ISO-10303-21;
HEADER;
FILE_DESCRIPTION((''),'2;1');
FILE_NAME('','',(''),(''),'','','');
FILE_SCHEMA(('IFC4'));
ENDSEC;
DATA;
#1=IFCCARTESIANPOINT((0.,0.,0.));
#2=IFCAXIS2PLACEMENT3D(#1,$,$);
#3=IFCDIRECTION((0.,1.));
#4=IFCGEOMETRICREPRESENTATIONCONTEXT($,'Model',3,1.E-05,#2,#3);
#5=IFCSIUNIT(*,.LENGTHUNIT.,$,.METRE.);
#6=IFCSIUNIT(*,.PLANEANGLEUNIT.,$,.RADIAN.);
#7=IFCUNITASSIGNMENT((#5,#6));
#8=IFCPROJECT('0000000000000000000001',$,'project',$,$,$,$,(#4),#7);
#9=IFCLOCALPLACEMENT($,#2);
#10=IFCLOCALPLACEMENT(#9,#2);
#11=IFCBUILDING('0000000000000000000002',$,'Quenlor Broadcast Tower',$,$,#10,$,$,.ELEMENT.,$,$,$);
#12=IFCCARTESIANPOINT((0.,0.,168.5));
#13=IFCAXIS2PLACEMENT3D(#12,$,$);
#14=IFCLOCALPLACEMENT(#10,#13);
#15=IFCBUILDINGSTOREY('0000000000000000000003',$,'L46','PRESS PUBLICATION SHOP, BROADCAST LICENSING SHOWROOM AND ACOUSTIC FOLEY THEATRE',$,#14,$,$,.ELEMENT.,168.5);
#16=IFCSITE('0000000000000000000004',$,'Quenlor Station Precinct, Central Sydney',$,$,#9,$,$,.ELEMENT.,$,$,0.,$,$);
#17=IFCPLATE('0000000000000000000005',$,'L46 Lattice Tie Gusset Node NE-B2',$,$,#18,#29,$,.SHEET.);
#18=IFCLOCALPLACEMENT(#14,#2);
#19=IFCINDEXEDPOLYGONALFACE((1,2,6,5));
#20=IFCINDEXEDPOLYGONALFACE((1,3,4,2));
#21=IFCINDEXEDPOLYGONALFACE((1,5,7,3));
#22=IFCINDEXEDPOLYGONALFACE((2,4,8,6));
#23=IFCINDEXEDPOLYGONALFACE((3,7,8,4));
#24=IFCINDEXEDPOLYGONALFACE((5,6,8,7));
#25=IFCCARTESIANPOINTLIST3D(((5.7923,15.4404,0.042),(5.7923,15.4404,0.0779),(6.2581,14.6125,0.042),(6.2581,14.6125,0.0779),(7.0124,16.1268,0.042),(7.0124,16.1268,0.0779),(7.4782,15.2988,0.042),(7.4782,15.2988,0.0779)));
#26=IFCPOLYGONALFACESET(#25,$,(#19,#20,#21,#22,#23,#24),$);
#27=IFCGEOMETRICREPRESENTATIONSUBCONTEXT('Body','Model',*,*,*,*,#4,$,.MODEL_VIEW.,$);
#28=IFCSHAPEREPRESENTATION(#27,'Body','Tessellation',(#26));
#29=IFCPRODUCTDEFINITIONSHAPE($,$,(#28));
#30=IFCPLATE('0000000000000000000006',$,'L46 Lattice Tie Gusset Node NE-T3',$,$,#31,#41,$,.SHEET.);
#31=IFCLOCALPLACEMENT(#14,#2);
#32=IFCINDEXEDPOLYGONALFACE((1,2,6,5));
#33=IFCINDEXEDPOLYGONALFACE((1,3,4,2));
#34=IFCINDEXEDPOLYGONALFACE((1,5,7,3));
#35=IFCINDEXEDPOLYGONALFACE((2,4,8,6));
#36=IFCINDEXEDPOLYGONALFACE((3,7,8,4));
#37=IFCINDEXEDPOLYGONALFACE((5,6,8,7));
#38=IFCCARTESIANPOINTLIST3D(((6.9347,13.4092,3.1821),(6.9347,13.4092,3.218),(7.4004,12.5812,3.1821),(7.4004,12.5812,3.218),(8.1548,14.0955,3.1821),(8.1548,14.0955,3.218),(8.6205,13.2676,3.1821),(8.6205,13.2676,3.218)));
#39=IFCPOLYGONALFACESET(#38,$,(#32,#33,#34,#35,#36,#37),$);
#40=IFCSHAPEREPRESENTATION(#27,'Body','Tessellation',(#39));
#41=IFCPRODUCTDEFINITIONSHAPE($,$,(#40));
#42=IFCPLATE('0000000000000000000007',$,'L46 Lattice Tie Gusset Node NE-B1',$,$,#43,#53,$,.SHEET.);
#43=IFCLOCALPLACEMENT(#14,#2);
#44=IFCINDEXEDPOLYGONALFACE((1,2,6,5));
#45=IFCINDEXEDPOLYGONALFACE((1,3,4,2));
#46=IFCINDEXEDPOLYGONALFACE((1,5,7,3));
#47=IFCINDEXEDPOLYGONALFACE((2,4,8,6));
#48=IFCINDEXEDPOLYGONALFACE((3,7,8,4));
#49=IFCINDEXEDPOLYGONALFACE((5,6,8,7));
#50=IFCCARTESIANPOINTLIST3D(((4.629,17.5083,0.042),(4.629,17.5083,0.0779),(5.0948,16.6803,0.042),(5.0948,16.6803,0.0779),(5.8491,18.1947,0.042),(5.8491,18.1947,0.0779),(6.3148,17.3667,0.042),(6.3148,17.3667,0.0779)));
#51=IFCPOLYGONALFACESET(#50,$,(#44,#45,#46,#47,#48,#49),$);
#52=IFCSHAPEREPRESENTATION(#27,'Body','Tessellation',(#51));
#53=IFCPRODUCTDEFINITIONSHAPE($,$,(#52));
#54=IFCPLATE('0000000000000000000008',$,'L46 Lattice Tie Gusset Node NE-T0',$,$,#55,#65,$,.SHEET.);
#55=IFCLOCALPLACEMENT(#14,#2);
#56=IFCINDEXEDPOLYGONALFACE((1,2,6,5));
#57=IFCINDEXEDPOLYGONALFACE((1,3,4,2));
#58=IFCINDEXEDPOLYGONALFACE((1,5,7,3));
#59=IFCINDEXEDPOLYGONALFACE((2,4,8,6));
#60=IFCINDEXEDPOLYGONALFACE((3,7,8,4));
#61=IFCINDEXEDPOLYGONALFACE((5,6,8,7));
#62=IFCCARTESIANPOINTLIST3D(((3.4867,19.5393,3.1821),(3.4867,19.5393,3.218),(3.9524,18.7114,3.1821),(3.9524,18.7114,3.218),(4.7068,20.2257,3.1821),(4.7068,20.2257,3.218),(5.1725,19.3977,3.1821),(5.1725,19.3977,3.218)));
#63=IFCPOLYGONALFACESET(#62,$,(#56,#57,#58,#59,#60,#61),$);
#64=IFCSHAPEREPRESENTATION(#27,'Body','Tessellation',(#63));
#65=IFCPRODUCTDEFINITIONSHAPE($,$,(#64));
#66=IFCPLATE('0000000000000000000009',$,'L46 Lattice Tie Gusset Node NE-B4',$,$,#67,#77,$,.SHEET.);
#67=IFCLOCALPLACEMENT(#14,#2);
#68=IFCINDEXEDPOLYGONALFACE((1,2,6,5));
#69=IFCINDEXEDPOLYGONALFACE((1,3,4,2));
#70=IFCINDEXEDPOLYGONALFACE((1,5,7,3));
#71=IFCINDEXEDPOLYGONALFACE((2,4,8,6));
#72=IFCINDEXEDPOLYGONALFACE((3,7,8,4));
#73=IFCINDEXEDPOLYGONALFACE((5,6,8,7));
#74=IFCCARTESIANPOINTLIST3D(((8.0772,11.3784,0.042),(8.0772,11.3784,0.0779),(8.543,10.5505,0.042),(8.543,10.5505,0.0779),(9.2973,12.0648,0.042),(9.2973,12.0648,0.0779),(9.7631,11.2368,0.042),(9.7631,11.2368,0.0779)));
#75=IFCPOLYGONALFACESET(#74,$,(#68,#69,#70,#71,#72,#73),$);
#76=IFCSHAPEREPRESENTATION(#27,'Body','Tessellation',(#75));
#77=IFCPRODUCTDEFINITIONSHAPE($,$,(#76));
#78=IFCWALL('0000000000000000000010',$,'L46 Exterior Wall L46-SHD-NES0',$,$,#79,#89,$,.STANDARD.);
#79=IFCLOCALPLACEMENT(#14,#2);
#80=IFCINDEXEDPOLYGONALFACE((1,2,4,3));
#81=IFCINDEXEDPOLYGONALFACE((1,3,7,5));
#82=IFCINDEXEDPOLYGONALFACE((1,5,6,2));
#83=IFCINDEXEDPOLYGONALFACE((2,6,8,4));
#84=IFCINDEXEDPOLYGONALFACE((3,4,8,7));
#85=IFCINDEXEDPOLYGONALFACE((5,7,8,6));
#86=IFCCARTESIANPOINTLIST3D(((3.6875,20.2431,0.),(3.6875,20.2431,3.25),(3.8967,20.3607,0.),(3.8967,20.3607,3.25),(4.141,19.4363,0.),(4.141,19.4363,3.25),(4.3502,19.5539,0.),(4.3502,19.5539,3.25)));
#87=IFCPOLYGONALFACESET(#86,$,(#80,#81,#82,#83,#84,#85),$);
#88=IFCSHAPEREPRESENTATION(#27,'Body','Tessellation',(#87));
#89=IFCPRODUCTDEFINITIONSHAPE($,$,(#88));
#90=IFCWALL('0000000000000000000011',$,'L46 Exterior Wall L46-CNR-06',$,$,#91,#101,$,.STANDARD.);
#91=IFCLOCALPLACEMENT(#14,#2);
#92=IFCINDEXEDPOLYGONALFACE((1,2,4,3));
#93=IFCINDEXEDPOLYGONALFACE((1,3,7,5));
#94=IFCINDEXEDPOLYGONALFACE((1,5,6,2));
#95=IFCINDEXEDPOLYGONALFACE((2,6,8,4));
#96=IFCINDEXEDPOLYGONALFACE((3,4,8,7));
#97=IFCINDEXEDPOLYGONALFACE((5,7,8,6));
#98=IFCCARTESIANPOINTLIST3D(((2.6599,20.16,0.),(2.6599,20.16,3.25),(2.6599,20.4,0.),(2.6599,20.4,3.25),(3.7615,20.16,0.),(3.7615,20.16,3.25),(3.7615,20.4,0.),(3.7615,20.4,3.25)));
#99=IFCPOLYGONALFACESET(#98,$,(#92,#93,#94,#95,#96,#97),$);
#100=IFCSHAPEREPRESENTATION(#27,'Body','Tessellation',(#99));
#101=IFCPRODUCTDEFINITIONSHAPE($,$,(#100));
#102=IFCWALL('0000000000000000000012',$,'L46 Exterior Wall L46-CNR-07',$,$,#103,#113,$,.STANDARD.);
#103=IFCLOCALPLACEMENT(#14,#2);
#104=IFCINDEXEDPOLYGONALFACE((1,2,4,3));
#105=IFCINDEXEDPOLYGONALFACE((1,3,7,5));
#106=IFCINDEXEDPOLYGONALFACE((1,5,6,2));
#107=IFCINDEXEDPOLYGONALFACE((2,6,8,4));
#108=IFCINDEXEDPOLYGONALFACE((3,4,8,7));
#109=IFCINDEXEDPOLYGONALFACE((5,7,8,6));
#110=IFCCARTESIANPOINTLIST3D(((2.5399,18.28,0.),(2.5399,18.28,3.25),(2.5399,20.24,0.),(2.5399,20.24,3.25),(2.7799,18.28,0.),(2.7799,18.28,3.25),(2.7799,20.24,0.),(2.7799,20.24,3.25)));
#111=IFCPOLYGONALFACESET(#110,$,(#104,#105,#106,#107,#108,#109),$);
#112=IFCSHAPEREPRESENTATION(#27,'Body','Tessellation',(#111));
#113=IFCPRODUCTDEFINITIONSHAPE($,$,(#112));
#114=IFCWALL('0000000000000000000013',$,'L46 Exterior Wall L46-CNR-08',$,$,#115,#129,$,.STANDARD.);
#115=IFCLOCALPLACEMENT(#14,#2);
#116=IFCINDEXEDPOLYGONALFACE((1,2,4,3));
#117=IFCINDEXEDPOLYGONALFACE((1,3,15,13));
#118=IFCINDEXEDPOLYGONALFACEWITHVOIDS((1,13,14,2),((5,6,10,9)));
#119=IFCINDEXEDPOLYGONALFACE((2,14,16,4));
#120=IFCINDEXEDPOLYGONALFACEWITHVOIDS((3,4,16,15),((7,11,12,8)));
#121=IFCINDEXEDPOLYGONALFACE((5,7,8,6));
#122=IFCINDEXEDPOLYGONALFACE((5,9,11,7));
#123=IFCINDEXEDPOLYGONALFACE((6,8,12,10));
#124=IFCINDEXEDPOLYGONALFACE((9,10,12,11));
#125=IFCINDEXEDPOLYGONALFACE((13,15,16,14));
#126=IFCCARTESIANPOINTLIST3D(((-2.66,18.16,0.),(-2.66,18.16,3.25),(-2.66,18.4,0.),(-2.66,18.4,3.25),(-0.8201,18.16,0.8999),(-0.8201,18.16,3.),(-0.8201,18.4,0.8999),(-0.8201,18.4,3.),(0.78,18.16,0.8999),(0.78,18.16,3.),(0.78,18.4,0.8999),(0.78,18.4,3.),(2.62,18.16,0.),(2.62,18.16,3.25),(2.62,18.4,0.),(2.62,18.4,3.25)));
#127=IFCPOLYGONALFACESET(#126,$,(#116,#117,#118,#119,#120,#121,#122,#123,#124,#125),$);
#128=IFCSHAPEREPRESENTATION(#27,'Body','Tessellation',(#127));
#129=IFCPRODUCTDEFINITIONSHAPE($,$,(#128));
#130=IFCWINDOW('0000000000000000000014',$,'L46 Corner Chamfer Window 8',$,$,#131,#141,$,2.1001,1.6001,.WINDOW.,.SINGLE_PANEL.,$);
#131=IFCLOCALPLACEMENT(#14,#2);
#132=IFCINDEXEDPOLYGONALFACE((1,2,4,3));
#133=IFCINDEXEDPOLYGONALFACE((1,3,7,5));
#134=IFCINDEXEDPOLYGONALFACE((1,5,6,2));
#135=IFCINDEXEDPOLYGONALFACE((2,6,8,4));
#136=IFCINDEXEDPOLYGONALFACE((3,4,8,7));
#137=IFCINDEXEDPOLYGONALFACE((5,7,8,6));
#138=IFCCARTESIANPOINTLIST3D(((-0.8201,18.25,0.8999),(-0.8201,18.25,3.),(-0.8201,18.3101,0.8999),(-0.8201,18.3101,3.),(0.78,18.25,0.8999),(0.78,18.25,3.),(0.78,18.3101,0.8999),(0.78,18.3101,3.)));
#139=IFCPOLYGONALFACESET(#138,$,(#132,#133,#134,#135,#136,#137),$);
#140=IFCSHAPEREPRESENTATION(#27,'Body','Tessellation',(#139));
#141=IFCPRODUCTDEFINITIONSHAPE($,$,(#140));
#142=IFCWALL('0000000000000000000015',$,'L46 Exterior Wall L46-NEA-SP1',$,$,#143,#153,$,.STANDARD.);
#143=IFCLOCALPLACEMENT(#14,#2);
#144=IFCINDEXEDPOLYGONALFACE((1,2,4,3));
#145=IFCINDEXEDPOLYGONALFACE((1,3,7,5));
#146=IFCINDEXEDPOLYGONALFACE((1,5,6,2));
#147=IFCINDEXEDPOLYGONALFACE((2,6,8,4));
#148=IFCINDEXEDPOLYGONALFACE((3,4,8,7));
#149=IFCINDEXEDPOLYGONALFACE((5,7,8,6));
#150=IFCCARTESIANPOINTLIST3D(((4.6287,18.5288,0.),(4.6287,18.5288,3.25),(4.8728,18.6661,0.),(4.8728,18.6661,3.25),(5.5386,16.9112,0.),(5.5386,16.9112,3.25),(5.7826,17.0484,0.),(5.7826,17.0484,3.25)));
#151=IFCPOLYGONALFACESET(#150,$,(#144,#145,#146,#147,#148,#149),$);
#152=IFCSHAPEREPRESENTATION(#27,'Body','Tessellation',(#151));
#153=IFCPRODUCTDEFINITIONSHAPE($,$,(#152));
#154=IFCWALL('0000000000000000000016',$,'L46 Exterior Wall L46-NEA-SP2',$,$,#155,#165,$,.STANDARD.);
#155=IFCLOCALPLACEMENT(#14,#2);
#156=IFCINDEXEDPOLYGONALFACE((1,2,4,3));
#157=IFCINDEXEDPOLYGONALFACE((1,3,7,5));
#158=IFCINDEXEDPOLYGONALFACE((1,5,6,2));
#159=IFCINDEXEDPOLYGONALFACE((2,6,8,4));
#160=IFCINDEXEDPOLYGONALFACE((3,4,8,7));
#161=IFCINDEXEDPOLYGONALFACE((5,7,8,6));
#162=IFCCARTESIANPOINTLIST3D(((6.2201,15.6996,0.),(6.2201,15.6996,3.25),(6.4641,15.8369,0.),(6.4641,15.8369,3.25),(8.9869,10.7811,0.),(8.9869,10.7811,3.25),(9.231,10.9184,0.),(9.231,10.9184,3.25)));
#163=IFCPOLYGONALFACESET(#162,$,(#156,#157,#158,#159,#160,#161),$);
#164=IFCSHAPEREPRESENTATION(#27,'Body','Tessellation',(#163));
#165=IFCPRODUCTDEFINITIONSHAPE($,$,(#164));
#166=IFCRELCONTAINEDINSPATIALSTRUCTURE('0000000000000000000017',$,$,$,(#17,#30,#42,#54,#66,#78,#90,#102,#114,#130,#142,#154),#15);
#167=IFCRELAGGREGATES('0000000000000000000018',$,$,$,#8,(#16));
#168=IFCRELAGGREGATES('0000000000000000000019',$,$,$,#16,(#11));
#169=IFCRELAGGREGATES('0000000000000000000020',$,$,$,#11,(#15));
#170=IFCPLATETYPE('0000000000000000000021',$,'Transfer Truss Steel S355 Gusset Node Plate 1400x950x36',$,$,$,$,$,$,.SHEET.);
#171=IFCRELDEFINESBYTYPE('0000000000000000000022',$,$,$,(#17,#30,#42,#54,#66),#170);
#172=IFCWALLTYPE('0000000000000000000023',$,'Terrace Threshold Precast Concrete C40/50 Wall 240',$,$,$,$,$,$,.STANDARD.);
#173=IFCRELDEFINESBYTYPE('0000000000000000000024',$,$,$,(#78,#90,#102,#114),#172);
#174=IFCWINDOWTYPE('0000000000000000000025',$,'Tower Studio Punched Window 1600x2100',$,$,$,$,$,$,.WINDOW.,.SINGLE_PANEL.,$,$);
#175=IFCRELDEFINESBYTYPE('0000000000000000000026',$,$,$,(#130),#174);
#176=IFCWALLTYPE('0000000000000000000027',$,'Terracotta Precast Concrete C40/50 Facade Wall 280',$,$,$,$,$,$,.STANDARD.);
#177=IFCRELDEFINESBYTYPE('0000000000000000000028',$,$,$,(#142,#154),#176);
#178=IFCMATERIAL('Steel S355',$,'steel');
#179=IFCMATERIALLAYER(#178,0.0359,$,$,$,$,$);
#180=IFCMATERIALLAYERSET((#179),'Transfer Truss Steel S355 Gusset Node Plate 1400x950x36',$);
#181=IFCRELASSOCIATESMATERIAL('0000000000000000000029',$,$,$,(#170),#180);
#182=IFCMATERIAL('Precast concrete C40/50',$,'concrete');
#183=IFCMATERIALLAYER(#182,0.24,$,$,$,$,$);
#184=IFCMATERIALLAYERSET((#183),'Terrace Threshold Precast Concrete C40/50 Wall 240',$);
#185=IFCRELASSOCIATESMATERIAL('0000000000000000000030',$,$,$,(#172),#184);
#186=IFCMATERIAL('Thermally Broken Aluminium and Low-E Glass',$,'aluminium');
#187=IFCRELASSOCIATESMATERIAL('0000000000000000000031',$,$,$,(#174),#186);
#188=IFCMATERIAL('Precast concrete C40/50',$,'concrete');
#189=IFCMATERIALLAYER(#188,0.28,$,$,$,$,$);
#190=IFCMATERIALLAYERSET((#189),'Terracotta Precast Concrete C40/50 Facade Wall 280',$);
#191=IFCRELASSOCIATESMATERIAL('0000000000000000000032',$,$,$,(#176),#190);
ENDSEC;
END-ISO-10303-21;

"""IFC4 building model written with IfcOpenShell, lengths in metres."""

from ifc_helpers import new_model, si_unit, direction, frame, frame_2d, origin, origin_2d, place, context, subcontext, project, spatial, rectangle, extrude, material, layer, layer_set, type_object, element, fill, save


model = new_model("IFC4")

# Units and contexts
model_context = context("Model", 3, precision=1e-05, world=origin(), true_north=direction((0.0, 1.0)))
body_context = subcontext(model_context, "Body", "Model", "MODEL_VIEW")
ifc_project = project(units=[si_unit("LENGTHUNIT", "METRE"), si_unit("PLANEANGLEUNIT", "RADIAN")], contexts=[model_context])

# Site, building, storey
site_placement = place(None, origin())
site = spatial("IfcSite", under=ifc_project, at=site_placement, Name="Quenlor Station Precinct, Central Sydney", CompositionType="ELEMENT", RefElevation=0.0)
building_placement = place(site_placement, origin())
building = spatial("IfcBuilding", under=site, at=building_placement, Name="Quenlor Broadcast Tower", CompositionType="ELEMENT")
storey_placement = place(building_placement, frame((0.0, 0.0, 168.5)))
storey = spatial("IfcBuildingStorey", under=building, at=storey_placement, Name="L46", Description="PRESS PUBLICATION SHOP, BROADCAST LICENSING SHOWROOM AND ACOUSTIC FOLEY THEATRE", CompositionType="ELEMENT", Elevation=168.5)

# Plates
ifc_material_1 = material(Name="Steel S355", Category="steel")
ifc_layer_1 = layer(ifc_material_1, 0.0359)
ifc_layer_set_1 = layer_set([ifc_layer_1], Name="Transfer Truss Steel S355 Gusset Node Plate 1400x950x36")
plate_type_1 = type_object("IfcPlateType", Name="Transfer Truss Steel S355 Gusset Node Plate 1400x950x36", PredefinedType="SHEET", material=ifc_layer_set_1)
for number, where, z_axis, x_axis, name in (
    (1, (6.6353, 15.3696, 0.042), (0.0, 0.0, 1.0), (0.871556, 0.490295, 0.0), "L46 Lattice Tie Gusset Node NE-B2"),
    (2, (7.7776, 13.3384, 3.1821), (0.0, 0.0, 1.0), (0.871556, 0.490295, 0.0), "L46 Lattice Tie Gusset Node NE-T3"),
    (3, (5.4719, 17.4375, 0.042), (0.0, 0.0, 1.0), (0.871556, 0.490295, 0.0), "L46 Lattice Tie Gusset Node NE-B1"),
    (4, (4.3296, 19.4685, 3.1821), (0.0, 0.0, 1.0), (0.871556, 0.490295, 0.0), "L46 Lattice Tie Gusset Node NE-T0"),
    (5, (8.9202, 11.3076, 0.042), (0.0, 0.0, 1.0), (0.871556, 0.490295, 0.0), "L46 Lattice Tie Gusset Node NE-B4"),
):
    element("IfcPlate", number, at=place(storey_placement, frame(where, z_axis=z_axis, x_axis=x_axis)), inside=storey, type_object=plate_type_1, Name=name, PredefinedType="SHEET", context=body_context, shape_type="SweptSolid", body=[
        extrude(rectangle(XDim=1.3999, YDim=0.95, at=origin_2d()), origin(), (0.0, 0.0, 1.0), 0.0359),
    ])

# Walls
ifc_material_2 = material(Name="Precast concrete C40/50", Category="concrete")
ifc_layer_2 = layer(ifc_material_2, 0.24)
ifc_layer_set_2 = layer_set([ifc_layer_2], Name="Terrace Threshold Precast Concrete C40/50 Wall 240")
wall_type_1 = type_object("IfcWallType", Name="Terrace Threshold Precast Concrete C40/50 Wall 240", PredefinedType="STANDARD", material=ifc_layer_set_2)
wall_1_placement = place(storey_placement, frame((3.792, 20.302, 0.0), z_axis=(0.0, 0.0, 1.0), x_axis=(0.490048, -0.871695, 0.0)))
element("IfcWall", 6, at=wall_1_placement, inside=storey, type_object=wall_type_1, Name="L46 Exterior Wall L46-SHD-NES0", PredefinedType="STANDARD", context=body_context, shape_type="SweptSolid", body=[
    extrude(rectangle(XDim=0.9255, YDim=0.24, at=frame_2d((0.4629, 0.0))), origin(), (0.0, 0.0, 1.0), 3.25),
])
wall_2_placement = place(storey_placement, frame((3.7615, 20.28, 0.0), z_axis=(0.0, 0.0, 1.0), x_axis=(-1.0, 0.0, 0.0)))
element("IfcWall", 7, at=wall_2_placement, inside=storey, type_object=wall_type_1, Name="L46 Exterior Wall L46-CNR-06", PredefinedType="STANDARD", context=body_context, shape_type="SweptSolid", body=[
    extrude(rectangle(XDim=1.1016, YDim=0.24, at=frame_2d((0.5508, 0.0))), origin(), (0.0, 0.0, 1.0), 3.25),
])
wall_3_placement = place(storey_placement, frame((2.6599, 20.24, 0.0), z_axis=(0.0, 0.0, 1.0), x_axis=(0.0, -1.0, 0.0)))
element("IfcWall", 8, at=wall_3_placement, inside=storey, type_object=wall_type_1, Name="L46 Exterior Wall L46-CNR-07", PredefinedType="STANDARD", context=body_context, shape_type="SweptSolid", body=[
    extrude(rectangle(XDim=1.96, YDim=0.24, at=frame_2d((0.98, 0.0))), origin(), (0.0, 0.0, 1.0), 3.25),
])

# Wall, opening, window
wall_4_placement = place(storey_placement, frame((2.6201, 18.28, 0.0), z_axis=(0.0, 0.0, 1.0), x_axis=(-1.0, 0.0, 0.0)))
wall_4 = element("IfcWall", 9, at=wall_4_placement, inside=storey, type_object=wall_type_1, Name="L46 Exterior Wall L46-CNR-08", PredefinedType="STANDARD", context=body_context, shape_type="SweptSolid", body=[
    extrude(rectangle(XDim=5.28, YDim=0.24, at=frame_2d((2.6401, 0.0))), origin(), (0.0, 0.0, 1.0), 3.25),
])
opening_placement = place(wall_4_placement, frame((1.8401, 0.0, 0.8999)))
opening = element("IfcOpeningElement", 10, at=opening_placement, cuts=wall_4, PredefinedType="OPENING", context=body_context, shape_type="SweptSolid", body=[
    extrude(rectangle(XDim=1.6001, YDim=2.1001, at=frame_2d((0.8, 1.05))), frame((0.0, 0.1299, 0.0), z_axis=(0.0, -1.0, 0.0), x_axis=(1.0, 0.0, 0.0)), (0.0, 0.0, 1.0), 0.26),
])
ifc_material_3 = material(Name="Thermally Broken Aluminium and Low-E Glass", Category="aluminium")
window_type = type_object("IfcWindowType", Name="Tower Studio Punched Window 1600x2100", PartitioningType="SINGLE_PANEL", PredefinedType="WINDOW", material=ifc_material_3)
window_placement = place(opening_placement, origin())
window = element("IfcWindow", 11, at=window_placement, inside=storey, type_object=window_type, Name="L46 Corner Chamfer Window 8", OverallHeight=2.1001, OverallWidth=1.6001, PartitioningType="SINGLE_PANEL", PredefinedType="WINDOW", context=body_context, shape_type="SweptSolid", body=[
    extrude(rectangle(XDim=1.6001, YDim=2.1001, at=frame_2d((0.8, 1.05))), frame((0.0, 0.03, 0.0), z_axis=(0.0, -1.0, 0.0), x_axis=(1.0, 0.0, 0.0)), (0.0, 0.0, 1.0), 0.0601),
])
fill(opening, window)

# Walls
ifc_material_4 = material(Name="Precast concrete C40/50", Category="concrete")
ifc_layer_3 = layer(ifc_material_4, 0.28)
ifc_layer_set_3 = layer_set([ifc_layer_3], Name="Terracotta Precast Concrete C40/50 Facade Wall 280")
wall_type_2 = type_object("IfcWallType", Name="Terracotta Precast Concrete C40/50 Facade Wall 280", PredefinedType="STANDARD", material=ifc_layer_set_3)
wall_5_placement = place(storey_placement, frame((4.7507, 18.5974, 0.0), z_axis=(0.0, 0.0, 1.0), x_axis=(0.490249, -0.871583, 0.0)))
element("IfcWall", 12, at=wall_5_placement, inside=storey, type_object=wall_type_2, Name="L46 Exterior Wall L46-NEA-SP1", PredefinedType="STANDARD", context=body_context, shape_type="SweptSolid", body=[
    extrude(rectangle(XDim=1.856, YDim=0.28, at=frame_2d((0.928, 0.0))), origin(), (0.0, 0.0, 1.0), 3.25),
])
wall_6_placement = place(storey_placement, frame((6.342, 15.7683, 0.0), z_axis=(0.0, 0.0, 1.0), x_axis=(0.49029, -0.871559, 0.0)))
element("IfcWall", 13, at=wall_6_placement, inside=storey, type_object=wall_type_2, Name="L46 Exterior Wall L46-NEA-SP2", PredefinedType="STANDARD", context=body_context, shape_type="SweptSolid", body=[
    extrude(rectangle(XDim=5.6433, YDim=0.28, at=frame_2d((2.8218, 0.0))), origin(), (0.0, 0.0, 1.0), 3.25),
])

save(model, "model.ifc")
